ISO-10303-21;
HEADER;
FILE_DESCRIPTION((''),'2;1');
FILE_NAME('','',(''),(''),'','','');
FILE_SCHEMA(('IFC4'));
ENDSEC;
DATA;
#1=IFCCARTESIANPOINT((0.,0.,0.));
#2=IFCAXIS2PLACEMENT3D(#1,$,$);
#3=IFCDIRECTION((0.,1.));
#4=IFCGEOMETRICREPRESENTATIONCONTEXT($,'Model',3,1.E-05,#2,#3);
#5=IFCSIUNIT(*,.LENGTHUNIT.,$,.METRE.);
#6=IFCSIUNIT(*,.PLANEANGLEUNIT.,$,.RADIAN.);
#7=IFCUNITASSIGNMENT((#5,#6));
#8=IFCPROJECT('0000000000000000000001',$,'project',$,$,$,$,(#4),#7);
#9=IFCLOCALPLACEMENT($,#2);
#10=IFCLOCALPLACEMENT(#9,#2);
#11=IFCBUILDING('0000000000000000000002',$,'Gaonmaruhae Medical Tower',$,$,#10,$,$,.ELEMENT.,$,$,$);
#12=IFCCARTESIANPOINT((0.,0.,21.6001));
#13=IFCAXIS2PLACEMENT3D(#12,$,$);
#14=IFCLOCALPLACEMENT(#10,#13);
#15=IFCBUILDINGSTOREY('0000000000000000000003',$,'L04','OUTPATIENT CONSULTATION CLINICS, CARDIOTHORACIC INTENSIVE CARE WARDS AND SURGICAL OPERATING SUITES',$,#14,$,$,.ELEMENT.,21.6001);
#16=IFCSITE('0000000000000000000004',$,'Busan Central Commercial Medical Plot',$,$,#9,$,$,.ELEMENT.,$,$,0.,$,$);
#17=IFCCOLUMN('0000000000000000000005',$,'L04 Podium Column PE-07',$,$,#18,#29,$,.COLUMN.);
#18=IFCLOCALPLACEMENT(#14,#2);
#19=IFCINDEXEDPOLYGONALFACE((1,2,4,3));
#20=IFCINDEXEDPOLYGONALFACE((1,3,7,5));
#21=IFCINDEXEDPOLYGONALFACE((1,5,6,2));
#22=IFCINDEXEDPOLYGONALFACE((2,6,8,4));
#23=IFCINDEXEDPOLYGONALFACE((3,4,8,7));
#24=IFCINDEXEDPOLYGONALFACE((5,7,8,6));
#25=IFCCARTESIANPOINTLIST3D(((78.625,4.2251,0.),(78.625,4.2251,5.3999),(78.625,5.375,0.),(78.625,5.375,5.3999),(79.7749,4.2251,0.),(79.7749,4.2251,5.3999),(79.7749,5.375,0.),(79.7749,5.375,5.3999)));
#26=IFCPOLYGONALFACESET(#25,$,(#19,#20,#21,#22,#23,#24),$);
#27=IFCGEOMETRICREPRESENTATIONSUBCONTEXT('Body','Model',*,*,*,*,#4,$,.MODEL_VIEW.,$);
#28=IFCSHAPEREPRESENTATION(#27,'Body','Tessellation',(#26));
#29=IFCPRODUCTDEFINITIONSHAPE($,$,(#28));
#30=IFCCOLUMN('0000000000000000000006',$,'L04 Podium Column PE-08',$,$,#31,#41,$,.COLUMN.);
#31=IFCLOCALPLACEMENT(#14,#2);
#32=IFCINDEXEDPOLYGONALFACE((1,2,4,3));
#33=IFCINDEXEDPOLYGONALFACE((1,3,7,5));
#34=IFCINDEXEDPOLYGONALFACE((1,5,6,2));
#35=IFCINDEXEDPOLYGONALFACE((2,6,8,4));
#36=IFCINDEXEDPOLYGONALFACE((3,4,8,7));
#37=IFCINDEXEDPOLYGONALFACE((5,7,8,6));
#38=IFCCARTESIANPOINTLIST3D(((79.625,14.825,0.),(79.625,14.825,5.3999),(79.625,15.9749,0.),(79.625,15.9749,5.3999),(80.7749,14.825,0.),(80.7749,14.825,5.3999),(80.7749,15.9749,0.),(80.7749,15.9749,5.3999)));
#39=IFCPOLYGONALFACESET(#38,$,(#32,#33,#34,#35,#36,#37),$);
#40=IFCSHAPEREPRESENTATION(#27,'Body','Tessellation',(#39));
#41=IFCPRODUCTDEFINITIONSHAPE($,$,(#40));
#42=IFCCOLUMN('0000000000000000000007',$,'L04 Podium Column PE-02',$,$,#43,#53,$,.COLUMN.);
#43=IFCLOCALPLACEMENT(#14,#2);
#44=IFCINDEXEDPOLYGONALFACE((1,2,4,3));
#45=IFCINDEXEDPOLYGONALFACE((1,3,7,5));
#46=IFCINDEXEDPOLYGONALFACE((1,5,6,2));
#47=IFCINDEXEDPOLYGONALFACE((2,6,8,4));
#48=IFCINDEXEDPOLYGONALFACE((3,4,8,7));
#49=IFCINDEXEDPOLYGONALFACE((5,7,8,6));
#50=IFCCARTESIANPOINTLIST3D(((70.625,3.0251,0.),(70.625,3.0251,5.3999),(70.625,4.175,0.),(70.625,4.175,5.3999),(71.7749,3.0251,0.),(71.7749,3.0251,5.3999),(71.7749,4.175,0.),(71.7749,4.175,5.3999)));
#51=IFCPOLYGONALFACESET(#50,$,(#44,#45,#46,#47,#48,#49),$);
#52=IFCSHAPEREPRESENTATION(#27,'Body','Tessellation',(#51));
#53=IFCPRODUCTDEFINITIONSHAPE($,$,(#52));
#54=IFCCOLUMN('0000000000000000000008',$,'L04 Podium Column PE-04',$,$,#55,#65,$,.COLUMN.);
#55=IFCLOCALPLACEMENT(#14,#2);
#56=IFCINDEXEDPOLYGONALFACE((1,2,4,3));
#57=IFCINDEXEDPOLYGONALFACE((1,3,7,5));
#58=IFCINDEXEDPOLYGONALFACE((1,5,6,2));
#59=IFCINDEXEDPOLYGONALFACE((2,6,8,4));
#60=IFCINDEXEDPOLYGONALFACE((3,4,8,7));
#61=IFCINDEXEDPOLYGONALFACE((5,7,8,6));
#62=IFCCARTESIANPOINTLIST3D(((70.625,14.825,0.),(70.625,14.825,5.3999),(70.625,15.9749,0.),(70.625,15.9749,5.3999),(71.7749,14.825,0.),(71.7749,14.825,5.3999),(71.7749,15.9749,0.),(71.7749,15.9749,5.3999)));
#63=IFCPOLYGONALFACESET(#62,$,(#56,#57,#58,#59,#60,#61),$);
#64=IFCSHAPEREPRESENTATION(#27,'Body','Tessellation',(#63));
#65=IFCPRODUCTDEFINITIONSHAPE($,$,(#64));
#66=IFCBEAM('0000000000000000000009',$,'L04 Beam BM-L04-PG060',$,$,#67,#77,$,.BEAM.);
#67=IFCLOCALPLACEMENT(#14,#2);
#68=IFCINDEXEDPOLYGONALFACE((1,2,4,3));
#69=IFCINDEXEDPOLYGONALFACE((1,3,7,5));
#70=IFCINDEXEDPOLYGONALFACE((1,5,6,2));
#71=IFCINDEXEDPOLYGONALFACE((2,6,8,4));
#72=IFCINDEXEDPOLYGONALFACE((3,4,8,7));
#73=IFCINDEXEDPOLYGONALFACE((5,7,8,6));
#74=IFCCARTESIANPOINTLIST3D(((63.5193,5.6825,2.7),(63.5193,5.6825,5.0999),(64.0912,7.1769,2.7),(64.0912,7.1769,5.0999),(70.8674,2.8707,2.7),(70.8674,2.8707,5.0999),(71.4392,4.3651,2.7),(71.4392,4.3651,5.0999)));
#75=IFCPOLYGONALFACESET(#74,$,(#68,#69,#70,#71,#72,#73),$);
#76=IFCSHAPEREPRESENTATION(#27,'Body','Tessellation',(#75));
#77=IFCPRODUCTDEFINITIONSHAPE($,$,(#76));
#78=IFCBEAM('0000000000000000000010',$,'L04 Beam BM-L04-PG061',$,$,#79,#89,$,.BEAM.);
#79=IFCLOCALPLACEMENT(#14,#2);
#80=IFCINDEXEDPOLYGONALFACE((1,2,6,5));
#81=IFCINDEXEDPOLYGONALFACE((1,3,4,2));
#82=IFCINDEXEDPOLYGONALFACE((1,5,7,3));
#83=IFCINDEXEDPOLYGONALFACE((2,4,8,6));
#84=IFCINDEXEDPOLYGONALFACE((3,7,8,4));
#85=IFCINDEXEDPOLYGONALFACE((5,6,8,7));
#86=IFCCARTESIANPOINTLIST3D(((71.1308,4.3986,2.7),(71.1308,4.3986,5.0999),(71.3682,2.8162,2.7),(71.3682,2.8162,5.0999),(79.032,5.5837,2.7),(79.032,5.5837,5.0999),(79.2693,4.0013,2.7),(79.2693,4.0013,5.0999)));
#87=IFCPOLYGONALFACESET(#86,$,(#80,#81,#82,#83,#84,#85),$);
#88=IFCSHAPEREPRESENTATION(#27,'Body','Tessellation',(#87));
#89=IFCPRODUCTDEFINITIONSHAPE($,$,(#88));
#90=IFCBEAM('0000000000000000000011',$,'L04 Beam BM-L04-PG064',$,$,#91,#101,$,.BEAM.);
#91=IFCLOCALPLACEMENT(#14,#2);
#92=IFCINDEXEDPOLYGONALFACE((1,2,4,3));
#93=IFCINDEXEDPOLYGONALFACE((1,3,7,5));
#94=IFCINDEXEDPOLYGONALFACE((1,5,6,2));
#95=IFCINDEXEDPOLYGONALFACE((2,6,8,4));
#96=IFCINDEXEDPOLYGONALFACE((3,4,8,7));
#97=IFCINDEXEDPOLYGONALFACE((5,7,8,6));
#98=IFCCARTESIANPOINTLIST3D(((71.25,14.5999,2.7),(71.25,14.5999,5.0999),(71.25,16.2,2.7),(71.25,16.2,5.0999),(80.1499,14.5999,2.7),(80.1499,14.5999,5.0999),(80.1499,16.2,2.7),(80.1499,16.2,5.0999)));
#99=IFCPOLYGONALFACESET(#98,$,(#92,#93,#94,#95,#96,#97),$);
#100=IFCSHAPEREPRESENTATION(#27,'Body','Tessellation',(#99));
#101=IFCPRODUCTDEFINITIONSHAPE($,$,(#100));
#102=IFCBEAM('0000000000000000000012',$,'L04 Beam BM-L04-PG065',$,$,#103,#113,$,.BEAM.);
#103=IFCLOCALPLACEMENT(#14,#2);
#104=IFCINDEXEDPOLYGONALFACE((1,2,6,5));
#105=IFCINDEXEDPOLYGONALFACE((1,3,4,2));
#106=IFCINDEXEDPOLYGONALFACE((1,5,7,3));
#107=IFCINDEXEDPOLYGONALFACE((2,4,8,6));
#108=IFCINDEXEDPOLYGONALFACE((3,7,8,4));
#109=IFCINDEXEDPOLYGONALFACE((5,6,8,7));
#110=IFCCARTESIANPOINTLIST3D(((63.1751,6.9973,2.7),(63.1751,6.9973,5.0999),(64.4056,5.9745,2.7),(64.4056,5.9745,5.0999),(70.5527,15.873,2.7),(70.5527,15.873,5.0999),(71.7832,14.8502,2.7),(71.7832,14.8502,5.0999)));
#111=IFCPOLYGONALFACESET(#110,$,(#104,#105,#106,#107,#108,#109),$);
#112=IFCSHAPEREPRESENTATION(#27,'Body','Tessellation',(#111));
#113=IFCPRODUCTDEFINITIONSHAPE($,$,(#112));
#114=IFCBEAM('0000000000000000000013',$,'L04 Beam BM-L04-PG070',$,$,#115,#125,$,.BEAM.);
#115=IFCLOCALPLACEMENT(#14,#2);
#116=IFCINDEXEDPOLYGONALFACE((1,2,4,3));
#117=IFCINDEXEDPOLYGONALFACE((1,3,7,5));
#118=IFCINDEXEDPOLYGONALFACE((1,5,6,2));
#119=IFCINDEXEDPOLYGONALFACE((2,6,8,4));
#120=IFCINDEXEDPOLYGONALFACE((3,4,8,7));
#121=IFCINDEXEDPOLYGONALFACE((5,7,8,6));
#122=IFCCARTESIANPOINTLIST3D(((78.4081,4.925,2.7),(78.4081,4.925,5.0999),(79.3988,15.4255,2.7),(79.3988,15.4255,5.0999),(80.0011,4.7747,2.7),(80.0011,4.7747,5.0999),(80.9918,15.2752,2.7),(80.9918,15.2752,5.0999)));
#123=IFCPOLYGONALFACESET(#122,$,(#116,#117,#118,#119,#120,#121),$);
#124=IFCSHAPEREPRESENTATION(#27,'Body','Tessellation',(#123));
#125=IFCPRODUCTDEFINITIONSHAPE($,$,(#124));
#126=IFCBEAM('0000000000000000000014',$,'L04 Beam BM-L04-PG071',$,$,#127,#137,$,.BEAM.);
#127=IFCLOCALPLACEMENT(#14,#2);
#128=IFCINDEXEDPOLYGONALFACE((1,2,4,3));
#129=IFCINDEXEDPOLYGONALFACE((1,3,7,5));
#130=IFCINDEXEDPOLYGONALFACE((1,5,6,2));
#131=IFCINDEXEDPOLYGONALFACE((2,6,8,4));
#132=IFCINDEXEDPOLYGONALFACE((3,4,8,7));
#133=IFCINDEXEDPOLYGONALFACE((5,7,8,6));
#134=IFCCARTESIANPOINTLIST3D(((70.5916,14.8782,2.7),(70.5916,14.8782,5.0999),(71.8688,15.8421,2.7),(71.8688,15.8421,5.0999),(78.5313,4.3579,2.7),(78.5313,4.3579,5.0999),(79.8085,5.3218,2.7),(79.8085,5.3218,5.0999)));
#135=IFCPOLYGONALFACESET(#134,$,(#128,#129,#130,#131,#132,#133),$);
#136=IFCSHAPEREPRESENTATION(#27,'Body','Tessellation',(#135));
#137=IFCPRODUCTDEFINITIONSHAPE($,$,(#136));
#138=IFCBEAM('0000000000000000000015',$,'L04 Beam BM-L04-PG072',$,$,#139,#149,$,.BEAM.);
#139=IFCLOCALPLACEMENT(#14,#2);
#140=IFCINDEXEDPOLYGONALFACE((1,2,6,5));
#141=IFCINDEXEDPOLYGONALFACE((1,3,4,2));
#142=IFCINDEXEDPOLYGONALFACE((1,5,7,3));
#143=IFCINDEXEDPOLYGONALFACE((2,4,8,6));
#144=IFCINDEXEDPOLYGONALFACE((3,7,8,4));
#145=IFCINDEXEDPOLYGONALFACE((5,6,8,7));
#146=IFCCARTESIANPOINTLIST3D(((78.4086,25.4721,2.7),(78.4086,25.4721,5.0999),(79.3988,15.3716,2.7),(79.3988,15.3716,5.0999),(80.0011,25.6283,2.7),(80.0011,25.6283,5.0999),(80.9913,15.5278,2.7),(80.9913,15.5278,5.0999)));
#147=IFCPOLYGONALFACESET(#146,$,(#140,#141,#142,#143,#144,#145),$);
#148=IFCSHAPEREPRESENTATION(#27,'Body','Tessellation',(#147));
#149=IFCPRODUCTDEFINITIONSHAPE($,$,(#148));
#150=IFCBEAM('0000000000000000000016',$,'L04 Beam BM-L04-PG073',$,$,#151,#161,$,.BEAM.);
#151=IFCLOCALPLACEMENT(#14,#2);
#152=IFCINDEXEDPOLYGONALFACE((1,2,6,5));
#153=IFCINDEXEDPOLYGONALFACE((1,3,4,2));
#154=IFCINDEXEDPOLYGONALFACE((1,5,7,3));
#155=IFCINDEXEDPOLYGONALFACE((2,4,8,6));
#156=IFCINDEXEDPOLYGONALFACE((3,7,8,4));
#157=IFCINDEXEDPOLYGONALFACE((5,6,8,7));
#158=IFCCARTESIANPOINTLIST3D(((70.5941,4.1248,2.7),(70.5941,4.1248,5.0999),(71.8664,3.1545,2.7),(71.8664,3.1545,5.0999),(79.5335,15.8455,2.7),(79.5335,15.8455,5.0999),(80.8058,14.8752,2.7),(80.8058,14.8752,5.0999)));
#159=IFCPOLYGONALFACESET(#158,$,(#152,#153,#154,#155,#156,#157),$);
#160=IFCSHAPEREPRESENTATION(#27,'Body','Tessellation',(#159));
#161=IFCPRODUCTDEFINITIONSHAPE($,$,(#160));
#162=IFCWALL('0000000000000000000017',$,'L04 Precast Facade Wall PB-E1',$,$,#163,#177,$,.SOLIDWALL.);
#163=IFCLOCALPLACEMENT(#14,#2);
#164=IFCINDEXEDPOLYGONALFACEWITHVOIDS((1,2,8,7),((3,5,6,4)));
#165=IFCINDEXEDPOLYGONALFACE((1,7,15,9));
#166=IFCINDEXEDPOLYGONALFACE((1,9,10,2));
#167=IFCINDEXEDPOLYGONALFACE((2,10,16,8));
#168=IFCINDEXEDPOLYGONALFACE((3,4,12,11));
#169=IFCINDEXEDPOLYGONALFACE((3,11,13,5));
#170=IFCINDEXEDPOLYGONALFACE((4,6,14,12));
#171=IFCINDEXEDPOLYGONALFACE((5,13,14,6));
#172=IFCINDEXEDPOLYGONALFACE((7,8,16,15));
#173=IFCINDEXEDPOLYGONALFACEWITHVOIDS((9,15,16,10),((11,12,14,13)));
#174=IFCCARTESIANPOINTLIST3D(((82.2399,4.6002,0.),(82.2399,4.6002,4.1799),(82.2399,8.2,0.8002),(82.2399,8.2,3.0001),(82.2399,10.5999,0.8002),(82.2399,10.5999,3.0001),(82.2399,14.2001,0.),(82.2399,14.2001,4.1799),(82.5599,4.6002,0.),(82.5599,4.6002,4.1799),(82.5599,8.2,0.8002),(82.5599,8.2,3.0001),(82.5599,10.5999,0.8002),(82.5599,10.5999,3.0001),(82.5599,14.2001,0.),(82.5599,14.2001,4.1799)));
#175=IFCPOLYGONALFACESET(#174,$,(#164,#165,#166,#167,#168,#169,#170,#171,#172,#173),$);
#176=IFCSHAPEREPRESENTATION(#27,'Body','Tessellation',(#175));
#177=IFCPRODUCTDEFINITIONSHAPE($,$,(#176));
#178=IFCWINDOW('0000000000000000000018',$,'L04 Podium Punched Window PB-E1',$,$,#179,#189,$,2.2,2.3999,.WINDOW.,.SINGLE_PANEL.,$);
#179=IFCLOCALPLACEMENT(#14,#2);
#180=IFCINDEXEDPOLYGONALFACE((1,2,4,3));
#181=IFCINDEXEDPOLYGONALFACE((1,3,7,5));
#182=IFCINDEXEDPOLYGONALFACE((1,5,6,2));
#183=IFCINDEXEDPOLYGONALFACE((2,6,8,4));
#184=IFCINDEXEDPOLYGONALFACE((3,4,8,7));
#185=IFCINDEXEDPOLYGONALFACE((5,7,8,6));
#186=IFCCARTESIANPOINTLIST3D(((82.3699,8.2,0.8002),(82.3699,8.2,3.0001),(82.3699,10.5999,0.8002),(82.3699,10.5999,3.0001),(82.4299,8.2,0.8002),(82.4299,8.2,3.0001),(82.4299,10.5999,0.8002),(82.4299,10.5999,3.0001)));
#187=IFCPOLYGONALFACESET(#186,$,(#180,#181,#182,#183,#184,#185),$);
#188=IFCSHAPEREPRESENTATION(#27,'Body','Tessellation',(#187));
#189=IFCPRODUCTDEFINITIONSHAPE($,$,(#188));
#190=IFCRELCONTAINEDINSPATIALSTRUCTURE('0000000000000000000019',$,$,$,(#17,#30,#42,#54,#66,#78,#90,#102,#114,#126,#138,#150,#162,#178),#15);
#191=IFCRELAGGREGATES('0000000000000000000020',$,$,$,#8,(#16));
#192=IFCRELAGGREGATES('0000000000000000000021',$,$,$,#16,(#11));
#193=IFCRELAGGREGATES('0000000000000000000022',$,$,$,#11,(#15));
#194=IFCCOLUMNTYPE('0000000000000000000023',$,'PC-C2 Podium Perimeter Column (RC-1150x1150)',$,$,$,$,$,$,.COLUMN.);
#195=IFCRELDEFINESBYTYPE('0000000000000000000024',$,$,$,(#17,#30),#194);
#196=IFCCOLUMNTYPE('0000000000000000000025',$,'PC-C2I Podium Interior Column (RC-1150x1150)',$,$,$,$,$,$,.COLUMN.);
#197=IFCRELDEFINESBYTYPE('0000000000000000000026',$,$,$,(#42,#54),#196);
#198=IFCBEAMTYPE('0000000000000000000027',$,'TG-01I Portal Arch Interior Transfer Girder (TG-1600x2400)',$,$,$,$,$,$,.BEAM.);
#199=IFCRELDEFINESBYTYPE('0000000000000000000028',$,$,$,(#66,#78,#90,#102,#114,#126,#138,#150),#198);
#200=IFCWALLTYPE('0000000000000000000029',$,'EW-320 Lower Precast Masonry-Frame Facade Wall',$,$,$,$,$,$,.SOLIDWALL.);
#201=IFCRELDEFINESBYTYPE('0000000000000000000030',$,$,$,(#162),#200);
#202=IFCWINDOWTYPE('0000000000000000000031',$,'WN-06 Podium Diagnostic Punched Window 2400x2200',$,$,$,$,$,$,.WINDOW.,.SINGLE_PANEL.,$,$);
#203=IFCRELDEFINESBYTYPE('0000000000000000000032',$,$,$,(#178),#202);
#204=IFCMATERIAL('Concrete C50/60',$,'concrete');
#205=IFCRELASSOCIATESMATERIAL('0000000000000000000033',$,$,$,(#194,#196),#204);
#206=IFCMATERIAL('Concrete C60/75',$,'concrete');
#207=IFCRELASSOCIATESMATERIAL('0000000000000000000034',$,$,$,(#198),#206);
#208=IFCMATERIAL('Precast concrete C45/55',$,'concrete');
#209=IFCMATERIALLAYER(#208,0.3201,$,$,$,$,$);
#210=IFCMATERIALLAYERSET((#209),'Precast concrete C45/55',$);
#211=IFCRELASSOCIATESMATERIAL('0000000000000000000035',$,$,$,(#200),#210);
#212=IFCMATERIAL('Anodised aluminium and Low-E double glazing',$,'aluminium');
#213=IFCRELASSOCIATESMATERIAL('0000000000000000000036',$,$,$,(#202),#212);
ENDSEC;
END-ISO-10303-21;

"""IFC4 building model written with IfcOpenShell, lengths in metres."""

from ifc_helpers import new_model, si_unit, direction, frame, frame_2d, origin, origin_2d, place, context, subcontext, project, spatial, rectangle, extrude, material, layer, layer_set, material_profile, profile_set, type_object, element, fill, save


model = new_model("IFC4")

# Units and contexts
model_context = context("Model", 3, precision=1e-05, world=origin(), true_north=direction((0.0, 1.0)))
body_context = subcontext(model_context, "Body", "Model", "MODEL_VIEW")
ifc_project = project(units=[si_unit("LENGTHUNIT", "METRE"), si_unit("PLANEANGLEUNIT", "RADIAN")], contexts=[model_context])

# Site, building, storey
site_placement = place(None, origin())
site = spatial("IfcSite", under=ifc_project, at=site_placement, Name="Busan Central Commercial Medical Plot", CompositionType="ELEMENT", RefElevation=0.0)
building_placement = place(site_placement, origin())
building = spatial("IfcBuilding", under=site, at=building_placement, Name="Gaonmaruhae Medical Tower", CompositionType="ELEMENT")
storey_placement = place(building_placement, frame((0.0, 0.0, 21.6001)))
storey = spatial("IfcBuildingStorey", under=building, at=storey_placement, Name="L04", Description="OUTPATIENT CONSULTATION CLINICS, CARDIOTHORACIC INTENSIVE CARE WARDS AND SURGICAL OPERATING SUITES", CompositionType="ELEMENT", Elevation=21.6001)

# Columns
ifc_material_1 = material(Name="Concrete C50/60", Category="concrete")
ifc_material_profile_1 = material_profile(ifc_material_1, rectangle(XDim=1.1499, YDim=1.1499, at=origin_2d()), Name="RC-1150x1150")
ifc_profile_set_1 = profile_set([ifc_material_profile_1], Name="Concrete C50/60")
column_type_1 = type_object("IfcColumnType", Name="PC-C2 Podium Perimeter Column (RC-1150x1150)", PredefinedType="COLUMN", material=ifc_profile_set_1)
for number, where, z_axis, x_axis, name in (
    (1, (79.2, 4.8, 0.0), (0.0, 0.0, 1.0), (1.0, 0.0, 0.0), "L04 Podium Column PE-07"),
    (2, (80.2, 15.3999, 0.0), (0.0, 0.0, 1.0), (1.0, 0.0, 0.0), "L04 Podium Column PE-08"),
):
    element("IfcColumn", number, at=place(storey_placement, frame(where, z_axis=z_axis, x_axis=x_axis)), inside=storey, type_object=column_type_1, Name=name, PredefinedType="COLUMN", context=body_context, shape_type="SweptSolid", body=[
        extrude(rectangle(XDim=1.1499, YDim=1.1499, at=origin_2d()), origin(), (0.0, 0.0, 1.0), 5.3999),
    ])
ifc_material_profile_2 = material_profile(ifc_material_1, rectangle(XDim=1.1499, YDim=1.1499, at=origin_2d()), Name="RC-1150x1150")
ifc_profile_set_2 = profile_set([ifc_material_profile_2], Name="Concrete C50/60")
column_type_2 = type_object("IfcColumnType", Name="PC-C2I Podium Interior Column (RC-1150x1150)", PredefinedType="COLUMN", material=ifc_profile_set_2)
for number, where, z_axis, x_axis, name in (
    (3, (71.2, 3.6001, 0.0), (0.0, 0.0, 1.0), (1.0, 0.0, 0.0), "L04 Podium Column PE-02"),
    (4, (71.2, 15.3999, 0.0), (0.0, 0.0, 1.0), (1.0, 0.0, 0.0), "L04 Podium Column PE-04"),
):
    element("IfcColumn", number, at=place(storey_placement, frame(where, z_axis=z_axis, x_axis=x_axis)), inside=storey, type_object=column_type_2, Name=name, PredefinedType="COLUMN", context=body_context, shape_type="SweptSolid", body=[
        extrude(rectangle(XDim=1.1499, YDim=1.1499, at=origin_2d()), origin(), (0.0, 0.0, 1.0), 5.3999),
    ])

# Beams
ifc_material_2 = material(Name="Concrete C60/75", Category="concrete")
ifc_material_profile_3 = material_profile(ifc_material_2, rectangle(XDim=1.6001, YDim=2.3999, at=origin_2d()), Name="TG-1600x2400")
ifc_profile_set_3 = profile_set([ifc_material_profile_3], Name="Concrete C60/75")
beam_type = type_object("IfcBeamType", Name="TG-01I Portal Arch Interior Transfer Girder (TG-1600x2400)", PredefinedType="BEAM", material=ifc_profile_set_3)
beam_1_placement = place(storey_placement, frame((71.1533, 3.6179, 3.8999), z_axis=(-0.933959, 0.35738, 0.0), x_axis=(-0.35738, -0.933959, 0.0)))
element("IfcBeam", 5, at=beam_1_placement, inside=storey, type_object=beam_type, Name="L04 Beam BM-L04-PG060", PredefinedType="BEAM", context=body_context, shape_type="SweptSolid", body=[
    extrude(rectangle(XDim=1.6001, YDim=2.3999, at=origin_2d()), origin(), (0.0, 0.0, 1.0), 7.8677),
])
beam_2_placement = place(storey_placement, frame((71.2495, 3.6074, 3.8999), z_axis=(0.988938, 0.148327, 0.0), x_axis=(-0.148327, 0.988938, 0.0)))
element("IfcBeam", 6, at=beam_2_placement, inside=storey, type_object=beam_type, Name="L04 Beam BM-L04-PG061", PredefinedType="BEAM", context=body_context, shape_type="SweptSolid", body=[
    extrude(rectangle(XDim=1.6001, YDim=2.3999, at=origin_2d()), origin(), (0.0, 0.0, 1.0), 7.9895),
])
beam_3_placement = place(storey_placement, frame((71.25, 15.3999, 3.8999), z_axis=(1.0, 0.0, 0.0), x_axis=(0.0, 1.0, 0.0)))
element("IfcBeam", 7, at=beam_3_placement, inside=storey, type_object=beam_type, Name="L04 Beam BM-L04-PG064", PredefinedType="BEAM", context=body_context, shape_type="SweptSolid", body=[
    extrude(rectangle(XDim=1.6001, YDim=2.3999, at=origin_2d()), origin(), (0.0, 0.0, 1.0), 8.8999),
])
beam_4_placement = place(storey_placement, frame((71.168, 15.3616, 3.8999), z_axis=(-0.639225, -0.76902, 0.0), x_axis=(0.76902, -0.639225, 0.0)))
element("IfcBeam", 8, at=beam_4_placement, inside=storey, type_object=beam_type, Name="L04 Beam BM-L04-PG065", PredefinedType="BEAM", context=body_context, shape_type="SweptSolid", body=[
    extrude(rectangle(XDim=1.6001, YDim=2.3999, at=origin_2d()), origin(), (0.0, 0.0, 1.0), 11.5415),
])
beam_5_placement = place(storey_placement, frame((79.2046, 4.8499, 3.8999), z_axis=(0.093933, 0.995579, 0.0), x_axis=(-0.995579, 0.093933, 0.0)))
element("IfcBeam", 9, at=beam_5_placement, inside=storey, type_object=beam_type, Name="L04 Beam BM-L04-PG070", PredefinedType="BEAM", context=body_context, shape_type="SweptSolid", body=[
    extrude(rectangle(XDim=1.6001, YDim=2.3999, at=origin_2d()), origin(), (0.0, 0.0, 1.0), 10.5471),
])
beam_6_placement = place(storey_placement, frame((79.1699, 4.8398, 3.8999), z_axis=(-0.602401, 0.798194, 0.0), x_axis=(-0.798194, -0.602401, 0.0)))
element("IfcBeam", 10, at=beam_6_placement, inside=storey, type_object=beam_type, Name="L04 Beam BM-L04-PG071", PredefinedType="BEAM", context=body_context, shape_type="SweptSolid", body=[
    extrude(rectangle(XDim=1.6001, YDim=2.3999, at=origin_2d()), origin(), (0.0, 0.0, 1.0), 13.1802),
])
beam_7_placement = place(storey_placement, frame((80.1951, 15.4497, 3.8999), z_axis=(-0.09757, 0.995229, 0.0), x_axis=(-0.995229, -0.09757, 0.0)))
element("IfcBeam", 11, at=beam_7_placement, inside=storey, type_object=beam_type, Name="L04 Beam BM-L04-PG072", PredefinedType="BEAM", context=body_context, shape_type="SweptSolid", body=[
    extrude(rectangle(XDim=1.6001, YDim=2.3999, at=origin_2d()), origin(), (0.0, 0.0, 1.0), 10.1489),
])
beam_8_placement = place(storey_placement, frame((80.1697, 15.3604, 3.8999), z_axis=(-0.606446, -0.795124, 0.0), x_axis=(0.795124, -0.606446, 0.0)))
element("IfcBeam", 12, at=beam_8_placement, inside=storey, type_object=beam_type, Name="L04 Beam BM-L04-PG073", PredefinedType="BEAM", context=body_context, shape_type="SweptSolid", body=[
    extrude(rectangle(XDim=1.6001, YDim=2.3999, at=origin_2d()), origin(), (0.0, 0.0, 1.0), 14.7407),
])

# Wall, opening, window
ifc_material_3 = material(Name="Precast concrete C45/55", Category="concrete")
ifc_layer_1 = layer(ifc_material_3, 0.3201)
ifc_layer_set_1 = layer_set([ifc_layer_1], Name="Precast concrete C45/55")
wall_type_1 = type_object("IfcWallType", Name="EW-320 Lower Precast Masonry-Frame Facade Wall", PredefinedType="SOLIDWALL", material=ifc_layer_set_1)
wall_1_placement = place(storey_placement, frame((82.3999, 14.2, 0.0), z_axis=(0.0, 0.0, 1.0), x_axis=(0.0, -1.0, 0.0)))
wall_1 = element("IfcWall", 13, at=wall_1_placement, inside=storey, type_object=wall_type_1, Name="L04 Precast Facade Wall PB-E1", PredefinedType="SOLIDWALL", context=body_context, shape_type="SweptSolid", body=[
    extrude(rectangle(XDim=9.5999, YDim=0.3201, at=frame_2d((4.7998, 0.0))), origin(), (0.0, 0.0, 1.0), 4.1799),
])
opening_1_placement = place(wall_1_placement, frame((3.6001, 0.0, 0.8)))
opening_1 = element("IfcOpeningElement", 14, at=opening_1_placement, cuts=wall_1, PredefinedType="OPENING", context=body_context, shape_type="SweptSolid", body=[
    extrude(rectangle(XDim=2.3999, YDim=2.2, at=frame_2d((1.2, 1.1001))), frame((0.0, 0.1699, 0.0), z_axis=(0.0, -1.0, 0.0), x_axis=(1.0, 0.0, 0.0)), (0.0, 0.0, 1.0), 0.3401),
])
ifc_material_4 = material(Name="Anodised aluminium and Low-E double glazing", Category="aluminium")
window_type = type_object("IfcWindowType", Name="WN-06 Podium Diagnostic Punched Window 2400x2200", PartitioningType="SINGLE_PANEL", PredefinedType="WINDOW", material=ifc_material_4)
window_placement = place(opening_1_placement, origin())
window = element("IfcWindow", 15, at=window_placement, inside=storey, type_object=window_type, Name="L04 Podium Punched Window PB-E1", OverallHeight=2.2, OverallWidth=2.3999, PartitioningType="SINGLE_PANEL", PredefinedType="WINDOW", context=body_context, shape_type="SweptSolid", body=[
    extrude(rectangle(XDim=2.3999, YDim=2.2, at=frame_2d((1.2, 1.1001))), frame((0.0, 0.03, 0.0), z_axis=(0.0, -1.0, 0.0), x_axis=(1.0, 0.0, 0.0)), (0.0, 0.0, 1.0), 0.0601),
])
fill(opening_1, window)

save(model, "model.ifc")
